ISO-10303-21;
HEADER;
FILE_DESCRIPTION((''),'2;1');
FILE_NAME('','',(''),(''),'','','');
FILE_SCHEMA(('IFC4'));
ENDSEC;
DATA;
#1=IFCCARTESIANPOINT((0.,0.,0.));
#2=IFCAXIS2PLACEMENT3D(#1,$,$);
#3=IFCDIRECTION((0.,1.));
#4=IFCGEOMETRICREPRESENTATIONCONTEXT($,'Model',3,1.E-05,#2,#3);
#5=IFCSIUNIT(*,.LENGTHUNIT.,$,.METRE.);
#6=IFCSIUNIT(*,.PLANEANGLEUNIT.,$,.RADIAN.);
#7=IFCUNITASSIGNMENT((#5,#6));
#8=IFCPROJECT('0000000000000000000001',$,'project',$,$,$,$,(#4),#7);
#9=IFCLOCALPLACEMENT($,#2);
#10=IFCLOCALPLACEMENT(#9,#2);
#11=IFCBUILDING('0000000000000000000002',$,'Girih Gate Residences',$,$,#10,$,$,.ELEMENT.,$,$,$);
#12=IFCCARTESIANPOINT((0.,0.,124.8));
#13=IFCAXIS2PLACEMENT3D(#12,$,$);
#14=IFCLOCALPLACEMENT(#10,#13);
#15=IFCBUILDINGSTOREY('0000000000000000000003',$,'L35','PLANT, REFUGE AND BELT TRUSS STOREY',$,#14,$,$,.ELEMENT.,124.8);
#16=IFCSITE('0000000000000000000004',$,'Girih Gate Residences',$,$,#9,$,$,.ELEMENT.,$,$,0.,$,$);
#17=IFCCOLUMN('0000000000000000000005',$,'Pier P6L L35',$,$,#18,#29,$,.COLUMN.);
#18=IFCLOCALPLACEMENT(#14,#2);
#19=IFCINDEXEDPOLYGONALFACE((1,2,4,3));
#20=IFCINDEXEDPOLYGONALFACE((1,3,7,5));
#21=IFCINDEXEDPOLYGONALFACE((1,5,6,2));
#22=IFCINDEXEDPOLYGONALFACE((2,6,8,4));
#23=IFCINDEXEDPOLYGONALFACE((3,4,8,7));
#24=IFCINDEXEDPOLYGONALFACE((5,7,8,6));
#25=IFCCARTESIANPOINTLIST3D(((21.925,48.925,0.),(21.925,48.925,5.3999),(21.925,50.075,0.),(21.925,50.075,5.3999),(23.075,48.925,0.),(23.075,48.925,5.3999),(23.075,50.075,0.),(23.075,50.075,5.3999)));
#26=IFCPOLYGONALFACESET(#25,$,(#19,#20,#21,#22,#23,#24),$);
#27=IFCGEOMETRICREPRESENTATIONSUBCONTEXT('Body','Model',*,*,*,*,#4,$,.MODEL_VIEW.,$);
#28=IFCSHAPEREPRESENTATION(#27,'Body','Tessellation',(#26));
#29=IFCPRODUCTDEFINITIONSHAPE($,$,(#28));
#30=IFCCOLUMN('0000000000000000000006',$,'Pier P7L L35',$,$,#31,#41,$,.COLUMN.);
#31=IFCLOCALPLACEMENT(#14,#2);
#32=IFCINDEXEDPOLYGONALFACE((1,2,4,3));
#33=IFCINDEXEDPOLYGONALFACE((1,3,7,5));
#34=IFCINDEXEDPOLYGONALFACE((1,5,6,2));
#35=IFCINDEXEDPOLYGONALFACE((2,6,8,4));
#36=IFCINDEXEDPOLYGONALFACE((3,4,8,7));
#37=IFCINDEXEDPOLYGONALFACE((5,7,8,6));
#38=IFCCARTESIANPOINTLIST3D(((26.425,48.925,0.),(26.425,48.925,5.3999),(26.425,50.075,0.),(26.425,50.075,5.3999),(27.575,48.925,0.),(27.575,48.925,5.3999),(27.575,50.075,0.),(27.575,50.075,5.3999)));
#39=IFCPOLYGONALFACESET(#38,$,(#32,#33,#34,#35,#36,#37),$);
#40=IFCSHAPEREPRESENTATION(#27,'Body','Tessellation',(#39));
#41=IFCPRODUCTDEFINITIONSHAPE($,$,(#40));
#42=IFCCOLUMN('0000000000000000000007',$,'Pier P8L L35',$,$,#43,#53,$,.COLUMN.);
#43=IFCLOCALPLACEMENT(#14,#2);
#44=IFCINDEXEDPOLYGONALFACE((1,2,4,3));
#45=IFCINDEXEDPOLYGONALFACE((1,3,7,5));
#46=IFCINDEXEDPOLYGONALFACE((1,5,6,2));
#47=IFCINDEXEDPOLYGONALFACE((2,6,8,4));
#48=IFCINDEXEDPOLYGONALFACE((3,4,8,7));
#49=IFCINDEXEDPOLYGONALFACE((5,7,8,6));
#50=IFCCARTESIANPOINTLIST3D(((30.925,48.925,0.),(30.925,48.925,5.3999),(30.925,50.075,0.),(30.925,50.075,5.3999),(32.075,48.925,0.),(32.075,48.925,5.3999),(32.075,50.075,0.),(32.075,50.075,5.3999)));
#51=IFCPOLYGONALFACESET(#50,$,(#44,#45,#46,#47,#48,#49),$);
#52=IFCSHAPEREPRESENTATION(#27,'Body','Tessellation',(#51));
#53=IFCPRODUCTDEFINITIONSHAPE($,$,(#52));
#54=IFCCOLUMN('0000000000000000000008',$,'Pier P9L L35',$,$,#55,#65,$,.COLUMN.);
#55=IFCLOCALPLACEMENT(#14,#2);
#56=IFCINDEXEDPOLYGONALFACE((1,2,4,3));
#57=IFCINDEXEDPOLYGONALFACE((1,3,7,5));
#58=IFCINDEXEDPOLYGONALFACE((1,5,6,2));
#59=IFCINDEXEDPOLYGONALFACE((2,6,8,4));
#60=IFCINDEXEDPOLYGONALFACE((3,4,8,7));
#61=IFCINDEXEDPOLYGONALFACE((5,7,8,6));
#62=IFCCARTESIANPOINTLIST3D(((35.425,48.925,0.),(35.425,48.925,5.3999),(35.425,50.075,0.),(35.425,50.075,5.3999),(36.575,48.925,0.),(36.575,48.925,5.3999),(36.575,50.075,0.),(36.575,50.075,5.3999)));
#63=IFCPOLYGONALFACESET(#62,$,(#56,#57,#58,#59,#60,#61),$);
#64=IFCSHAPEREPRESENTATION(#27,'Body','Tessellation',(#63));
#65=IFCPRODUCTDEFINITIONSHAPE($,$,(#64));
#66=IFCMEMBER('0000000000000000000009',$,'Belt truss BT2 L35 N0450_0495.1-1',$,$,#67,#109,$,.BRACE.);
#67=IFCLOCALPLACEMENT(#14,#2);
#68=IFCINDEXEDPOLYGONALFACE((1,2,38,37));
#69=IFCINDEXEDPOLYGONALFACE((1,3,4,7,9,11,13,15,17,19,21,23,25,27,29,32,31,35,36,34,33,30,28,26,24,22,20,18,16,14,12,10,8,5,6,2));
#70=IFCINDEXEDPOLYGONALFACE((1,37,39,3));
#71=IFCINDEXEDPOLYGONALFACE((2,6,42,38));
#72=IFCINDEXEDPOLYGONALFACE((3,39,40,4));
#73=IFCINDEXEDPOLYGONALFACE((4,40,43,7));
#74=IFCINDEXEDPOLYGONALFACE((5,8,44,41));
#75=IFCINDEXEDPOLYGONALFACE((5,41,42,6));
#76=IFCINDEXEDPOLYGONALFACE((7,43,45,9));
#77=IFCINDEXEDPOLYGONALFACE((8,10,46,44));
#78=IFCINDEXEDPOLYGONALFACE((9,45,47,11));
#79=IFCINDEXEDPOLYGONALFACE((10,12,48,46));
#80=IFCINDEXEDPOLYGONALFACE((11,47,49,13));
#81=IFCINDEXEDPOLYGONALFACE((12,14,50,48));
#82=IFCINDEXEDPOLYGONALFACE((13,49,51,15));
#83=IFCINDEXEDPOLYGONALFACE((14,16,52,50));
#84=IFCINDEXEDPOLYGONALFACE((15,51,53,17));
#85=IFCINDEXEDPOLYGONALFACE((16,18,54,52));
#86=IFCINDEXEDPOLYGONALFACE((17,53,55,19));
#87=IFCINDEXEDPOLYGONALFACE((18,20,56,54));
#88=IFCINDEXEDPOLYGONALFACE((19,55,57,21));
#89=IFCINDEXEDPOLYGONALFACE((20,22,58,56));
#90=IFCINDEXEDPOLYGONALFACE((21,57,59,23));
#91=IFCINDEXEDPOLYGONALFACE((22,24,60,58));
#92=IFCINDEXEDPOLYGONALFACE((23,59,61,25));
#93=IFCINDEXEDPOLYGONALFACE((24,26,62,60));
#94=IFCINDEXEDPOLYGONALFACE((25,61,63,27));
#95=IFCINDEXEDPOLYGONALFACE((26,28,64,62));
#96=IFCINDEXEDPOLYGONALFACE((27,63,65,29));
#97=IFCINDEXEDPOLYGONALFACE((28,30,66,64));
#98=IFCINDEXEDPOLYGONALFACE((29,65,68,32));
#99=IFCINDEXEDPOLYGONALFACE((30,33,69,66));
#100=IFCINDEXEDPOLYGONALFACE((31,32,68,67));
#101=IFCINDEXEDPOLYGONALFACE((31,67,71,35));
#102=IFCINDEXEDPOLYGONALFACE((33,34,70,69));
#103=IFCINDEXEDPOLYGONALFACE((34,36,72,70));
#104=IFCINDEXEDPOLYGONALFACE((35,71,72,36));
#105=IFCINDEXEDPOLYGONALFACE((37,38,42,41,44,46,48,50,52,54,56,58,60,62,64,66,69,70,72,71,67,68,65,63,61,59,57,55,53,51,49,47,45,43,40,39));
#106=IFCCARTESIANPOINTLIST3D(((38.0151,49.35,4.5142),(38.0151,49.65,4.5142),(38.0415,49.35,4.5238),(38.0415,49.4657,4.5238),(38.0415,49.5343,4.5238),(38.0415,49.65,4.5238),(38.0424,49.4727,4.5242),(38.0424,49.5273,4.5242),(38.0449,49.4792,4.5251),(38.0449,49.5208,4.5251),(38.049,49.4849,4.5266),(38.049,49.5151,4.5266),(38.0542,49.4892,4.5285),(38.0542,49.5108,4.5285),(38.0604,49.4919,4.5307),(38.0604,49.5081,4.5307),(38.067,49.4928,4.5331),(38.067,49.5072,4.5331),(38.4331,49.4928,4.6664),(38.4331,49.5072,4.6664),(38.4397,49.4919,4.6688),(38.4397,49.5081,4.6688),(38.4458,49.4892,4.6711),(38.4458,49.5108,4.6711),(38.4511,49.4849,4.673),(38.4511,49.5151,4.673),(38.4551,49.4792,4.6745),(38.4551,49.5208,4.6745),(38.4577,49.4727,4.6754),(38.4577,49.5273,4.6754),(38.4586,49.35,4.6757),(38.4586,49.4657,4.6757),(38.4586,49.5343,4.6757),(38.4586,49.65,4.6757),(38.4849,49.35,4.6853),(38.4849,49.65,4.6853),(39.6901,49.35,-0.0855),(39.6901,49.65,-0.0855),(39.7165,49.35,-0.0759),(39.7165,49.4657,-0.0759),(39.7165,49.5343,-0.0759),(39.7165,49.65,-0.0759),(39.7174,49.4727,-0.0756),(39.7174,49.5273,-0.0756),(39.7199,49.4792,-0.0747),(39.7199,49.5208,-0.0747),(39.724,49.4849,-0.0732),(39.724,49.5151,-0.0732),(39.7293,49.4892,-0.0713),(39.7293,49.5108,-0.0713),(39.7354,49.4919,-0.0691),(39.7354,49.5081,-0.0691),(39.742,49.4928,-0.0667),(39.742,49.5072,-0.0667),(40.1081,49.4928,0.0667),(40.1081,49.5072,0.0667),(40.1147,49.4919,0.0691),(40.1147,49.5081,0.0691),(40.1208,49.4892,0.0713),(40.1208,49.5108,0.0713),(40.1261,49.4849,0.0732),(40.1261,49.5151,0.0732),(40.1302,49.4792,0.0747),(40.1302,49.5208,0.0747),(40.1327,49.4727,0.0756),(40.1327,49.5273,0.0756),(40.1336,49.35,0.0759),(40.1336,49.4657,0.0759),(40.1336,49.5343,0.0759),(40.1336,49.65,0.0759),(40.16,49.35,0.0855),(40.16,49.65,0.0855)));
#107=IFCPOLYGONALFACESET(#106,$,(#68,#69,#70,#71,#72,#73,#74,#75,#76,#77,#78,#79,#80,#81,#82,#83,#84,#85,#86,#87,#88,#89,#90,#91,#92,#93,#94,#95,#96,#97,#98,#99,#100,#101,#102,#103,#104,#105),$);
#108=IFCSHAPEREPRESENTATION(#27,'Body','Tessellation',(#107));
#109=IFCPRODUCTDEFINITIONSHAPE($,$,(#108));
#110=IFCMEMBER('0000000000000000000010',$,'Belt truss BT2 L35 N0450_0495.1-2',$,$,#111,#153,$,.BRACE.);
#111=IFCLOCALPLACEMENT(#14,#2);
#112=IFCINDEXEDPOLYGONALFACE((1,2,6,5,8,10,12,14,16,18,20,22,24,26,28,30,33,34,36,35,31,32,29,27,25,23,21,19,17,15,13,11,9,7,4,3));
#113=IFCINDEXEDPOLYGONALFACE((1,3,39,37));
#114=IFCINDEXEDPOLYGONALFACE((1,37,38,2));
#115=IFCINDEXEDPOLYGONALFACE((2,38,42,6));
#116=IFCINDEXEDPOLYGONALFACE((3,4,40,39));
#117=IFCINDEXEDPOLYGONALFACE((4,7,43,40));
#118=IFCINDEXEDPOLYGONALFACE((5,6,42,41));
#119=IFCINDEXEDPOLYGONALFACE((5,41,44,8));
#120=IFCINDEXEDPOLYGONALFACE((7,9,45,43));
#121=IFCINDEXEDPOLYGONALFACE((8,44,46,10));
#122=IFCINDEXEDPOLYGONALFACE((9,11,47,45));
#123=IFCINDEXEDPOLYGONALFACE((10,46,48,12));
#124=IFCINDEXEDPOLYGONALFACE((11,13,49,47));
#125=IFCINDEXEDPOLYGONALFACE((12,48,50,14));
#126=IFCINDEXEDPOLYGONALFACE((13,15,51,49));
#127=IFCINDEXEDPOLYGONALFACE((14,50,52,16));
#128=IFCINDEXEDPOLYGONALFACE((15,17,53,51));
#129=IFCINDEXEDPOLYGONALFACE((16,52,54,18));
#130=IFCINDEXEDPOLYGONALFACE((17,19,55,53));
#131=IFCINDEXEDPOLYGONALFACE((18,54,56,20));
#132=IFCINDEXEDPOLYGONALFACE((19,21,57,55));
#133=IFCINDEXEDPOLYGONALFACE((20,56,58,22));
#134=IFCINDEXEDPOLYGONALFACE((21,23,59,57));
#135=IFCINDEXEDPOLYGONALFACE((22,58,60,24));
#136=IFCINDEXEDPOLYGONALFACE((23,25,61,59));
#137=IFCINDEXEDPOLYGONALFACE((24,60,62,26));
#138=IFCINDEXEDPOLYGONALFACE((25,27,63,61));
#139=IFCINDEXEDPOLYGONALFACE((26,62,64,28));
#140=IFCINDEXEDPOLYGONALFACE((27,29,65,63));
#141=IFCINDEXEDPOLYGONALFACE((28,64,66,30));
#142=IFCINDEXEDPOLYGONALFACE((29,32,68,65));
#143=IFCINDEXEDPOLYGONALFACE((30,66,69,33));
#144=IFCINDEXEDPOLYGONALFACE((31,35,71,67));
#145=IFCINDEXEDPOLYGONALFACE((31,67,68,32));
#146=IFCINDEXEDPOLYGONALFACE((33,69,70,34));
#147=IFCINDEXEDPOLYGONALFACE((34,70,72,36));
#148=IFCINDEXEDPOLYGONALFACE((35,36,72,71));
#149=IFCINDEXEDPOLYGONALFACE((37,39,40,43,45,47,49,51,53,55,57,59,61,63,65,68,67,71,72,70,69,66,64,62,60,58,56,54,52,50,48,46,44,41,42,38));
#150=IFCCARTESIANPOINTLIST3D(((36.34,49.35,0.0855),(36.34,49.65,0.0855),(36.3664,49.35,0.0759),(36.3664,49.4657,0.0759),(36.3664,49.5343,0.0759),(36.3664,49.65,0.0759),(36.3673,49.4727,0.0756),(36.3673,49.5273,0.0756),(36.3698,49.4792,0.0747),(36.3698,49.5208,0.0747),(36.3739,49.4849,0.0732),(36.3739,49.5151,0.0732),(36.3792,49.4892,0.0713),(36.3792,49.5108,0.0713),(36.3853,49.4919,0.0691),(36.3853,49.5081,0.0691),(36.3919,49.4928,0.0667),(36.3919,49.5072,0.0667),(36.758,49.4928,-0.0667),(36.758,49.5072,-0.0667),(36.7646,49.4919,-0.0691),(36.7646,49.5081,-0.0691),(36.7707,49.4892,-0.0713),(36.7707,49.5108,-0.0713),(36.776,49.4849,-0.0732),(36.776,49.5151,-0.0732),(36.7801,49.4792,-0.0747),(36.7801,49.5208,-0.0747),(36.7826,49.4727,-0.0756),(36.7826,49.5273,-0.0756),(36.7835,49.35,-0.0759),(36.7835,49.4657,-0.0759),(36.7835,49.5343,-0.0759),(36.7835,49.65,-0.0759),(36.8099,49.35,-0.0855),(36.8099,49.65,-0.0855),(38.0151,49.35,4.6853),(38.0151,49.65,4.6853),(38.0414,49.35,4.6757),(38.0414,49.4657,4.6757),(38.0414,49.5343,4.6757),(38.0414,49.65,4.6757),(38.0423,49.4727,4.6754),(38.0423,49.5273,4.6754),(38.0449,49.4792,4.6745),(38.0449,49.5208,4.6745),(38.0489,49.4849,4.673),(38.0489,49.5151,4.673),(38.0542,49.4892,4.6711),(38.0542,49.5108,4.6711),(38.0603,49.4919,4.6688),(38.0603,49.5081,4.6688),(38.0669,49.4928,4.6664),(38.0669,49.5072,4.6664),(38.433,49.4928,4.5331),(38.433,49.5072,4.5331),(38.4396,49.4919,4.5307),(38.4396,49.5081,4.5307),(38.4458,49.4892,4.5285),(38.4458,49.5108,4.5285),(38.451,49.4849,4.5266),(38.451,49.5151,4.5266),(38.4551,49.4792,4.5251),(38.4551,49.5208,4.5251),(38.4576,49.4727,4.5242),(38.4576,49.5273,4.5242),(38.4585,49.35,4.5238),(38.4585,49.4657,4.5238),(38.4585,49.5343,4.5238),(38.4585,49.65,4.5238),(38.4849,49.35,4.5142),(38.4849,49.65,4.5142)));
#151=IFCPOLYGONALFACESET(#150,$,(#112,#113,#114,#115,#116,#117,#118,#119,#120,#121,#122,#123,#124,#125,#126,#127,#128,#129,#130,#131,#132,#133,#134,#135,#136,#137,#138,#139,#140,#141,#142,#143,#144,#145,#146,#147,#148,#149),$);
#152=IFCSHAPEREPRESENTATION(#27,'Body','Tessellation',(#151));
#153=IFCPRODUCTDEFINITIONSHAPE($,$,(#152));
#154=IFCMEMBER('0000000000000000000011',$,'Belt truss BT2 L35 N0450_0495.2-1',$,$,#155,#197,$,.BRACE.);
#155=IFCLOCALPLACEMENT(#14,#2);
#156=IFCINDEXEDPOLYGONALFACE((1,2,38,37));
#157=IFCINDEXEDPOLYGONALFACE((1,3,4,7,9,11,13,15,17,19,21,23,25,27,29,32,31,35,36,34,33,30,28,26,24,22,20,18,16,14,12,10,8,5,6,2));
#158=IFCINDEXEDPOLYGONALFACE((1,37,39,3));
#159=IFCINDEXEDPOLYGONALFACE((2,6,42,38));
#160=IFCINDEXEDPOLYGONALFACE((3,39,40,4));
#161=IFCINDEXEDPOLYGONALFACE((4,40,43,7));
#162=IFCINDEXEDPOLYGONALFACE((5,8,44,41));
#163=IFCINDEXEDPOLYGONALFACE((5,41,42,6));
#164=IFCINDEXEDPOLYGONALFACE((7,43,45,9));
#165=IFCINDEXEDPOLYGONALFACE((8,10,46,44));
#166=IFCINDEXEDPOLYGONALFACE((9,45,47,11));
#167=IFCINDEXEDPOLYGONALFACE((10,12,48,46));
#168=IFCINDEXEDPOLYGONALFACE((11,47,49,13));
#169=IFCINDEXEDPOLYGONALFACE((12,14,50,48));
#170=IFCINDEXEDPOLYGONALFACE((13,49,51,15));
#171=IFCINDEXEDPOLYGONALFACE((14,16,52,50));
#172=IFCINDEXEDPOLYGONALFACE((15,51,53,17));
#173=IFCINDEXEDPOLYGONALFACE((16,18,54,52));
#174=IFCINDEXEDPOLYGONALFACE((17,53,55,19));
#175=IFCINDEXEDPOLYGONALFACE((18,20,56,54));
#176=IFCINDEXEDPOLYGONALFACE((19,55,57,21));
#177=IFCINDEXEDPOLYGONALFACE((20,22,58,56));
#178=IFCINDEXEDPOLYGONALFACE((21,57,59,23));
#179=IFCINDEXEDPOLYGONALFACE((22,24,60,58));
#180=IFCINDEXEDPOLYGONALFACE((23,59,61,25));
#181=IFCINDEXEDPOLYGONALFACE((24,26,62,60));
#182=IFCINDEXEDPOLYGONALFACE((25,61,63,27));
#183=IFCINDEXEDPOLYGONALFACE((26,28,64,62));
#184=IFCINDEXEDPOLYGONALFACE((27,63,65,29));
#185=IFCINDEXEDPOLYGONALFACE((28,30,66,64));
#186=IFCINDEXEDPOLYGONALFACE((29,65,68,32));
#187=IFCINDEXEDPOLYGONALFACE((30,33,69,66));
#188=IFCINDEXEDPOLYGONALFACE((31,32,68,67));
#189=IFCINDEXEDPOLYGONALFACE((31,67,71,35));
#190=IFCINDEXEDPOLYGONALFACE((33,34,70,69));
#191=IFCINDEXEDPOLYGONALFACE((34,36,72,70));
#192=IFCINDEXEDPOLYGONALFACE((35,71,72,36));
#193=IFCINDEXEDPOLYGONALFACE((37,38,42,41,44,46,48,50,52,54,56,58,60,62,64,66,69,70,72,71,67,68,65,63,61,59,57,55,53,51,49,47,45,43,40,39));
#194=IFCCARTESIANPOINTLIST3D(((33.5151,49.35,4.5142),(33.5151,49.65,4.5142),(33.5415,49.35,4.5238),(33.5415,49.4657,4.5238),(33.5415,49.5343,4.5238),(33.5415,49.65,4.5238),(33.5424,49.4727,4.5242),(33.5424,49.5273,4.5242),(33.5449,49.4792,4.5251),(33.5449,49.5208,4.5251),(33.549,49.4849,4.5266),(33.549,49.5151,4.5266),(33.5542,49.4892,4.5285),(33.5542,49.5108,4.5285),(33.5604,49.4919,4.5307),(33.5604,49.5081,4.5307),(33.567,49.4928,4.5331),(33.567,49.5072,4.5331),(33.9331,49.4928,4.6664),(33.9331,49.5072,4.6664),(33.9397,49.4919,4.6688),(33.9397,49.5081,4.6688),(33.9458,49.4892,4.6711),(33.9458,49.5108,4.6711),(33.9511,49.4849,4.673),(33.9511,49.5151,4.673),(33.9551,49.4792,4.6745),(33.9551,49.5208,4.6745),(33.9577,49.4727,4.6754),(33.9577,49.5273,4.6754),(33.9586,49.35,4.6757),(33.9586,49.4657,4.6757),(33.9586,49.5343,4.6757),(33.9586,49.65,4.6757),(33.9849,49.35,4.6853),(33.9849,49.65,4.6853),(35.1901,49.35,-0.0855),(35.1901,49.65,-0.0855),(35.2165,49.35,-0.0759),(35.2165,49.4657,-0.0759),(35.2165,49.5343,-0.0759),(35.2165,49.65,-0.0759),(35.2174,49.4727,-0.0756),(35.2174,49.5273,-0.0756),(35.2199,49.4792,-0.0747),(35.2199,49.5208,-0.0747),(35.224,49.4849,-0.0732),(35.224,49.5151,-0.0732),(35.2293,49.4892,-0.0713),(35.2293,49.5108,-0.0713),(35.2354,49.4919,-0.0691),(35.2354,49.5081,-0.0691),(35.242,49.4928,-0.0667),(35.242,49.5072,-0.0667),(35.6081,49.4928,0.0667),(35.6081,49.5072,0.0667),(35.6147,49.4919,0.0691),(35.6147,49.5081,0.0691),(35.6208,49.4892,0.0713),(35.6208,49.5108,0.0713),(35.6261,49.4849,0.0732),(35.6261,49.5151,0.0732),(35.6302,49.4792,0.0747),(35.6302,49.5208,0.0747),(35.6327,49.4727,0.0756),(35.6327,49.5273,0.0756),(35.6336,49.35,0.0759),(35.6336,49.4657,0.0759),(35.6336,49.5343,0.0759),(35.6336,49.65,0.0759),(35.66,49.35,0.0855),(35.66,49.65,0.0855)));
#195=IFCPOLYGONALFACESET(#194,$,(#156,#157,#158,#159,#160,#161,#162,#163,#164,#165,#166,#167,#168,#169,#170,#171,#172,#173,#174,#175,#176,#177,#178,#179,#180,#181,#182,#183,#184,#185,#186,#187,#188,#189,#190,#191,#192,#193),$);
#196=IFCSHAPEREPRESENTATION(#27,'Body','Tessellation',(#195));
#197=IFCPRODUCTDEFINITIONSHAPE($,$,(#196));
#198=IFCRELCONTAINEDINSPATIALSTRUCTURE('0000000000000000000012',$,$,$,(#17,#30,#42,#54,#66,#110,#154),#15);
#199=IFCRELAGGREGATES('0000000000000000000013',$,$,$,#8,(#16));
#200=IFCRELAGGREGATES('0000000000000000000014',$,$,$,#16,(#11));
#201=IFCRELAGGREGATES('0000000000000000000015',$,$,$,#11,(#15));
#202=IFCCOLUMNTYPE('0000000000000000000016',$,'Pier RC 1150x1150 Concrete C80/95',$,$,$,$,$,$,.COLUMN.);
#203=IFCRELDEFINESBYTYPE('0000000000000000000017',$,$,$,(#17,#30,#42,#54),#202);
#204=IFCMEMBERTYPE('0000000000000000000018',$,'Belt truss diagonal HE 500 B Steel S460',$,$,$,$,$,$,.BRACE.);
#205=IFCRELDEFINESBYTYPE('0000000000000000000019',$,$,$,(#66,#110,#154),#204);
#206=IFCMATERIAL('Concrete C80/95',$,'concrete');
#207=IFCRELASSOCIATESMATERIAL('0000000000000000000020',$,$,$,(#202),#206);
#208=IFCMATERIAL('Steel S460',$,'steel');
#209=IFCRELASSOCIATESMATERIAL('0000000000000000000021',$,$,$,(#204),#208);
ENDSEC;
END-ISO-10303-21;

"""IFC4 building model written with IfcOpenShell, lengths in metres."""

from ifc_helpers import new_model, si_unit, direction, frame, origin, origin_2d, place, context, subcontext, project, spatial, rectangle, i_section, extrude, material, material_profile, profile_set, type_object, element, save


model = new_model("IFC4")

# Units and contexts
model_context = context("Model", 3, precision=1e-05, world=origin(), true_north=direction((0.0, 1.0)))
body_context = subcontext(model_context, "Body", "Model", "MODEL_VIEW")
ifc_project = project(units=[si_unit("LENGTHUNIT", "METRE"), si_unit("PLANEANGLEUNIT", "RADIAN")], contexts=[model_context])

# Site, building, storey
site_placement = place(None, origin())
site = spatial("IfcSite", under=ifc_project, at=site_placement, Name="Girih Gate Residences", CompositionType="ELEMENT", RefElevation=0.0)
building_placement = place(site_placement, origin())
building = spatial("IfcBuilding", under=site, at=building_placement, Name="Girih Gate Residences", CompositionType="ELEMENT")
storey_placement = place(building_placement, frame((0.0, 0.0, 124.8)))
storey = spatial("IfcBuildingStorey", under=building, at=storey_placement, Name="L35", Description="PLANT, REFUGE AND BELT TRUSS STOREY", CompositionType="ELEMENT", Elevation=124.8)

# Columns
ifc_material_1 = material(Name="Concrete C80/95", Category="concrete")
ifc_material_profile_1 = material_profile(ifc_material_1, rectangle(XDim=1.1499, YDim=1.1499, at=origin_2d()))
ifc_profile_set_1 = profile_set([ifc_material_profile_1], Name="Concrete C80/95")
column_type = type_object("IfcColumnType", Name="Pier RC 1150x1150 Concrete C80/95", PredefinedType="COLUMN", material=ifc_profile_set_1)
for number, where, z_axis, x_axis, name in (
    (1, (22.5, 49.5, 0.0), (0.0, 0.0, 1.0), (1.0, 0.0, 0.0), "Pier P6L L35"),
    (2, (27.0, 49.5, 0.0), (0.0, 0.0, 1.0), (1.0, 0.0, 0.0), "Pier P7L L35"),
    (3, (31.5, 49.5, 0.0), (0.0, 0.0, 1.0), (1.0, 0.0, 0.0), "Pier P8L L35"),
    (4, (36.0, 49.5, 0.0), (0.0, 0.0, 1.0), (1.0, 0.0, 0.0), "Pier P9L L35"),
):
    element("IfcColumn", number, at=place(storey_placement, frame(where, z_axis=z_axis, x_axis=x_axis)), inside=storey, type_object=column_type, Name=name, PredefinedType="COLUMN", context=body_context, shape_type="SweptSolid", body=[
        extrude(rectangle(XDim=1.1499, YDim=1.1499, at=origin_2d()), origin(), (0.0, 0.0, 1.0), 5.3999),
    ])

# Members
ifc_material_2 = material(Name="Steel S460", Category="steel")
ifc_material_profile_2 = material_profile(ifc_material_2, i_section(OverallWidth=0.3, OverallDepth=0.5, WebThickness=0.0144, FlangeThickness=0.0281, FilletRadius=0.0271, at=origin_2d()))
ifc_profile_set_2 = profile_set([ifc_material_profile_2], Name="Steel S460")
member_type = type_object("IfcMemberType", Name="Belt truss diagonal HE 500 B Steel S460", PredefinedType="BRACE", material=ifc_profile_set_2)
for number, where, z_axis, x_axis, name in (
    (5, (39.925, 49.5, 0.0), (-0.342171, 0.0, 0.939638), (0.0, -1.0, 0.0), "Belt truss BT2 L35 N0450_0495.1-1"),
    (6, (36.575, 49.5, 0.0), (0.342171, 0.0, 0.939638), (0.0, 1.0, 0.0), "Belt truss BT2 L35 N0450_0495.1-2"),
    (7, (35.425, 49.5, 0.0), (-0.342171, 0.0, 0.939638), (0.0, -1.0, 0.0), "Belt truss BT2 L35 N0450_0495.2-1"),
):
    element("IfcMember", number, at=place(storey_placement, frame(where, z_axis=z_axis, x_axis=x_axis)), inside=storey, type_object=member_type, Name=name, PredefinedType="BRACE", context=body_context, shape_type="SweptSolid", body=[
        extrude(i_section(OverallWidth=0.3, OverallDepth=0.5, WebThickness=0.0144, FlangeThickness=0.0281, FilletRadius=0.0271, at=origin_2d()), origin(), (0.0, 0.0, 1.0), 4.8953),
    ])

save(model, "model.ifc")
